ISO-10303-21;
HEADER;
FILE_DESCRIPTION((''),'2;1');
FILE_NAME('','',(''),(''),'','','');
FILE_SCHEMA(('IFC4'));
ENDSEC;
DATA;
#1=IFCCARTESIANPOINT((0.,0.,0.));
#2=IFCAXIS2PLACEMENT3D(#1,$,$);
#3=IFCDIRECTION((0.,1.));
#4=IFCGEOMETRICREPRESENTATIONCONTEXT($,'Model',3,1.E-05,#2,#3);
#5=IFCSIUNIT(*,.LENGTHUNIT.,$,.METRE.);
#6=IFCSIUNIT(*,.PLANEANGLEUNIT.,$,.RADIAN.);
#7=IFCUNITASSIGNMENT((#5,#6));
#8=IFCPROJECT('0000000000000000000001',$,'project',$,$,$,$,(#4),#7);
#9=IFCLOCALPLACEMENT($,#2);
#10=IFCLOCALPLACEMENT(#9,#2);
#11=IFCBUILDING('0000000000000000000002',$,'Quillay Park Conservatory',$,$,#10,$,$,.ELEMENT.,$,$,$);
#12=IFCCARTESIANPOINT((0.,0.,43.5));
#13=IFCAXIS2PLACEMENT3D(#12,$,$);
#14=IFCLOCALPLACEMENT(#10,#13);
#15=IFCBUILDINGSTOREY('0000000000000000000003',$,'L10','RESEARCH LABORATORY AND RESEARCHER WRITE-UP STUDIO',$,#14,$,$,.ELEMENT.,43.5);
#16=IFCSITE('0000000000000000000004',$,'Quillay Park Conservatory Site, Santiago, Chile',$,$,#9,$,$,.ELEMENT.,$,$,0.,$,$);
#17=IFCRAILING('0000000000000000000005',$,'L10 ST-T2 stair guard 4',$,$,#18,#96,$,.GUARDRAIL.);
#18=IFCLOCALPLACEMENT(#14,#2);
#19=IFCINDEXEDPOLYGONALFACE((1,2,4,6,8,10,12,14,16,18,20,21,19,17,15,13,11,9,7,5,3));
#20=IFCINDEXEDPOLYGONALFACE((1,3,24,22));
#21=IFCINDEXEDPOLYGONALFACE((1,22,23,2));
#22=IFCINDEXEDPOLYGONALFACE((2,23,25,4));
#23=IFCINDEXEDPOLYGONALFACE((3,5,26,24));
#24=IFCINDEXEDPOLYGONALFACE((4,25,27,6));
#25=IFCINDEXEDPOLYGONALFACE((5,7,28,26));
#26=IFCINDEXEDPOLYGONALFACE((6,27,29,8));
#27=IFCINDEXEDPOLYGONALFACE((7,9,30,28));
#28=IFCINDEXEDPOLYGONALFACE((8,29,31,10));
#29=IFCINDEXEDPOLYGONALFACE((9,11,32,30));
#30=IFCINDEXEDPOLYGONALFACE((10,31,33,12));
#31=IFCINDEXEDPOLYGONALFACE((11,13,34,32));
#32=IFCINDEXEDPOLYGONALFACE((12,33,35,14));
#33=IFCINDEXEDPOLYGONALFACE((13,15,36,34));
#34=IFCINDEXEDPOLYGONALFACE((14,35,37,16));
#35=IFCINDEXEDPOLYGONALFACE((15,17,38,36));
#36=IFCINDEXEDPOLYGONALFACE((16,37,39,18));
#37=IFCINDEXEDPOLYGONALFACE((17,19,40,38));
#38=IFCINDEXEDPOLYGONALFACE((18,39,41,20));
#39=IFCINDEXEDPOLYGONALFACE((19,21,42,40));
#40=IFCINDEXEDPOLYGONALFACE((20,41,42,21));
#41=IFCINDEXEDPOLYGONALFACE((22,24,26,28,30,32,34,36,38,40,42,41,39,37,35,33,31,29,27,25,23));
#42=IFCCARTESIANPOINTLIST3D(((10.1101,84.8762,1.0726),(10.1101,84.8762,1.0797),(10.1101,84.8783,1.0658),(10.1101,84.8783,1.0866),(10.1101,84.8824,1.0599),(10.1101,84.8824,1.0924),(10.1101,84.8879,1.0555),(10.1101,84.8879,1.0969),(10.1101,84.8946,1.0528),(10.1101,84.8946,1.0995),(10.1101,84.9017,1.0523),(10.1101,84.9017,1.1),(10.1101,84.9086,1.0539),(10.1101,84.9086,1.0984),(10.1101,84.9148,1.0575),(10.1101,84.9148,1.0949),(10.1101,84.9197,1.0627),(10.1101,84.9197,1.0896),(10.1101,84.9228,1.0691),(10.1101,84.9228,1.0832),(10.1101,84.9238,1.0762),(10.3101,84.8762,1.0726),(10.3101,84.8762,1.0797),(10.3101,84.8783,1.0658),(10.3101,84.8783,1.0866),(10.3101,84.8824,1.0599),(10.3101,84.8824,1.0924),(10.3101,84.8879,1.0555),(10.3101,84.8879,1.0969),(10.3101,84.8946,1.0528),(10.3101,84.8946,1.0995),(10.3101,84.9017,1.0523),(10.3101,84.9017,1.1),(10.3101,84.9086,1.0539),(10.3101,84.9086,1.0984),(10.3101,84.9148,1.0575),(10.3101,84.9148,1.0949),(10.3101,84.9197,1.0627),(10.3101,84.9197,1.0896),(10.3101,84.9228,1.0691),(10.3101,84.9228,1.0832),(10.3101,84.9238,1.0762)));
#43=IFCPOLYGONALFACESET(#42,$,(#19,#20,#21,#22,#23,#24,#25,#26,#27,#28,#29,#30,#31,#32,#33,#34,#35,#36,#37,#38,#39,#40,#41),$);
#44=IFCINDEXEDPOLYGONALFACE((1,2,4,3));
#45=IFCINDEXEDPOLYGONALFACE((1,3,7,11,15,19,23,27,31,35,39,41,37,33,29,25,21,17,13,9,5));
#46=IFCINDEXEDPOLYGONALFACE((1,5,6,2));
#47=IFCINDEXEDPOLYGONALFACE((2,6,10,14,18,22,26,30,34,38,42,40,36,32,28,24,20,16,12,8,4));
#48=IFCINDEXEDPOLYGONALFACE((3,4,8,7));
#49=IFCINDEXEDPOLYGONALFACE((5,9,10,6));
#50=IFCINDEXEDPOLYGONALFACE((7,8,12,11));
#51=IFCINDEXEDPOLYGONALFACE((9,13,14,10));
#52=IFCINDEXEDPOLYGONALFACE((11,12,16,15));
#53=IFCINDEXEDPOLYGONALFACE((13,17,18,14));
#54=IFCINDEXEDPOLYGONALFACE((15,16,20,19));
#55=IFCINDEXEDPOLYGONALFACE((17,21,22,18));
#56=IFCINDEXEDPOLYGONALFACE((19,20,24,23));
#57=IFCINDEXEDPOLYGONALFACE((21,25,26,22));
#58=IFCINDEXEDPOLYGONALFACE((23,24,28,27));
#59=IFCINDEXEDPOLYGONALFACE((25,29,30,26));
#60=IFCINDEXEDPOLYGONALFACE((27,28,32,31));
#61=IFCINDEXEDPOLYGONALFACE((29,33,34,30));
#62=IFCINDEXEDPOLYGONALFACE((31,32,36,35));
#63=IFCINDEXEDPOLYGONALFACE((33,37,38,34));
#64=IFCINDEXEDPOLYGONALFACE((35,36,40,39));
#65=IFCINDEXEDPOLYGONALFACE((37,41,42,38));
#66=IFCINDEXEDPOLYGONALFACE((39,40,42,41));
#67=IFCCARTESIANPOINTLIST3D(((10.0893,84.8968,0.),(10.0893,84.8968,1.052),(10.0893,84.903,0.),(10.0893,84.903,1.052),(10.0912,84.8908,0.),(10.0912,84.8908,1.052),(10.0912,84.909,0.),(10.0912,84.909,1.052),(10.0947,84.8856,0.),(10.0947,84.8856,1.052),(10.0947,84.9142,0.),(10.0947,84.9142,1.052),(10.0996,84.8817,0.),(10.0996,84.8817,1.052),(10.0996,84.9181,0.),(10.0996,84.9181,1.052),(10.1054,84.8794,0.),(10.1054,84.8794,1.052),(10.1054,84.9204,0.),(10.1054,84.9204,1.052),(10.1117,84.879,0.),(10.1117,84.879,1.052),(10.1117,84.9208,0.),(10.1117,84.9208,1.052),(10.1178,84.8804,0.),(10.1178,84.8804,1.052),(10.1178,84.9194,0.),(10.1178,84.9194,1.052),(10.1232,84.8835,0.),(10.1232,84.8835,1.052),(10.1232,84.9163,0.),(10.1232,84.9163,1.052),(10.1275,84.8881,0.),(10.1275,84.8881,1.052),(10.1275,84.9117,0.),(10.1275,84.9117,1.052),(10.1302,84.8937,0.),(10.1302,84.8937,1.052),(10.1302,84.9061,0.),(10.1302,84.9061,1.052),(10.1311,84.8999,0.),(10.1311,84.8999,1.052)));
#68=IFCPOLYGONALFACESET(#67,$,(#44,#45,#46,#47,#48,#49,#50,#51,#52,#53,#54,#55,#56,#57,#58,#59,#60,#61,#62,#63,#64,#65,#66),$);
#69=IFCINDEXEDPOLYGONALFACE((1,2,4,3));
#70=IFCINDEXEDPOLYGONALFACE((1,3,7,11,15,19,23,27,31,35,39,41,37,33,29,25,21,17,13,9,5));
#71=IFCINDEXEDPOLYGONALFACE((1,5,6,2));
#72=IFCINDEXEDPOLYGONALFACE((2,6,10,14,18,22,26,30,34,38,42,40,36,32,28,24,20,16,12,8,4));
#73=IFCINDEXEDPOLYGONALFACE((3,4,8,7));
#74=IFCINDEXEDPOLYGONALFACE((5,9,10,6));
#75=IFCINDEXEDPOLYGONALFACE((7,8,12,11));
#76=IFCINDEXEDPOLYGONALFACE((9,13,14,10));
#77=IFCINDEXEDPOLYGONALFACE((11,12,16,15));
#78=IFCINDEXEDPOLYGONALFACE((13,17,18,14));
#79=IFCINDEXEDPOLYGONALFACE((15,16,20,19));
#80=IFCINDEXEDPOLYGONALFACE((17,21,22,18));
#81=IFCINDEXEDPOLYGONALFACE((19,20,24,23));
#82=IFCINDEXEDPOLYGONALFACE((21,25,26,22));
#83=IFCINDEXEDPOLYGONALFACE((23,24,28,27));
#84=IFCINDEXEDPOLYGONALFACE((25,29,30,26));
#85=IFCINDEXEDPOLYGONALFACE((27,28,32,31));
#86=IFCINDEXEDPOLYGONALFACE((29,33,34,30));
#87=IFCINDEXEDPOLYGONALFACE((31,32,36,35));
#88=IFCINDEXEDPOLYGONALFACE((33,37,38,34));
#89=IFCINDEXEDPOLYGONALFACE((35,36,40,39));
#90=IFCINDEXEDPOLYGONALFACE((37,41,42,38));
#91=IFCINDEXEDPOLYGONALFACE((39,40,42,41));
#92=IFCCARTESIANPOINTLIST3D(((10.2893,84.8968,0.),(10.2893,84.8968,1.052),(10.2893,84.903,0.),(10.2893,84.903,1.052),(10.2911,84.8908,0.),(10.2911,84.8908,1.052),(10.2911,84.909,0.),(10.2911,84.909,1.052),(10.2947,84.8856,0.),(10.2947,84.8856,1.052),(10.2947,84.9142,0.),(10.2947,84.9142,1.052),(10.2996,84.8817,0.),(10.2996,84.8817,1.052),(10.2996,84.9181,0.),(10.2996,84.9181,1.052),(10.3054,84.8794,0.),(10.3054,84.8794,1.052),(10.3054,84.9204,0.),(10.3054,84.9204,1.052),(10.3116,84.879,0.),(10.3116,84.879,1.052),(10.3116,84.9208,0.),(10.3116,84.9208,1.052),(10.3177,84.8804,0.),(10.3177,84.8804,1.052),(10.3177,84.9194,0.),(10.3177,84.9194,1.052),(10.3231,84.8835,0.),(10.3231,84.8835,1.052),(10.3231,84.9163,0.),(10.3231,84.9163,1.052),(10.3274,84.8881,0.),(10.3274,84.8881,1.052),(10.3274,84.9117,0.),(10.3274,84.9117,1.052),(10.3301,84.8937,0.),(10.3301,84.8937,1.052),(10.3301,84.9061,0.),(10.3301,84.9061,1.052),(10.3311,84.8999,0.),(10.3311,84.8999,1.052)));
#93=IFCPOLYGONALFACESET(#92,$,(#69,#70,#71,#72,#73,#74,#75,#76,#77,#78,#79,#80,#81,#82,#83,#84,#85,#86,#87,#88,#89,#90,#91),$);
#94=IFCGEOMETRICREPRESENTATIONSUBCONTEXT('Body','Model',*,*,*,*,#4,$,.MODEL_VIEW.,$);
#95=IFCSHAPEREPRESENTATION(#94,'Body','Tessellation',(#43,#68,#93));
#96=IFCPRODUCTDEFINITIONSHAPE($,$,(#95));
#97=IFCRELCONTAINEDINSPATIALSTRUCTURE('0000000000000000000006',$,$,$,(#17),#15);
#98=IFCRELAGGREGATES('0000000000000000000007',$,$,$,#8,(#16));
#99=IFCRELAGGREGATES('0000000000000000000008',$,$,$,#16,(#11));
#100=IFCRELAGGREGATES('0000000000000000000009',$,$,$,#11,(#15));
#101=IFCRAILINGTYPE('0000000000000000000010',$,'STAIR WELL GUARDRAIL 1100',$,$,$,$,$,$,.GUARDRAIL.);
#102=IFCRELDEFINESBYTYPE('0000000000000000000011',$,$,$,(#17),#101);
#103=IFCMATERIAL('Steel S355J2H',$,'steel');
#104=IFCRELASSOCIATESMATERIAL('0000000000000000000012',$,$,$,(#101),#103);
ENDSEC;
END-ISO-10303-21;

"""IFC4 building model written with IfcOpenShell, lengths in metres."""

from ifc_helpers import new_model, si_unit, direction, frame, origin, origin_2d, place, context, subcontext, project, spatial, circle, extrude, material, type_object, element, save


model = new_model("IFC4")

# Units and contexts
model_context = context("Model", 3, precision=1e-05, world=origin(), true_north=direction((0.0, 1.0)))
body_context = subcontext(model_context, "Body", "Model", "MODEL_VIEW")
ifc_project = project(units=[si_unit("LENGTHUNIT", "METRE"), si_unit("PLANEANGLEUNIT", "RADIAN")], contexts=[model_context])

# Site, building, storey
site_placement = place(None, origin())
site = spatial("IfcSite", under=ifc_project, at=site_placement, Name="Quillay Park Conservatory Site, Santiago, Chile", CompositionType="ELEMENT", RefElevation=0.0)
building_placement = place(site_placement, origin())
building = spatial("IfcBuilding", under=site, at=building_placement, Name="Quillay Park Conservatory", CompositionType="ELEMENT")
storey_placement = place(building_placement, frame((0.0, 0.0, 43.5)))
storey = spatial("IfcBuildingStorey", under=building, at=storey_placement, Name="L10", Description="RESEARCH LABORATORY AND RESEARCHER WRITE-UP STUDIO", CompositionType="ELEMENT", Elevation=43.5)

# Railing
ifc_material_1 = material(Name="Steel S355J2H", Category="steel")
railing_type_1 = type_object("IfcRailingType", Name="STAIR WELL GUARDRAIL 1100", PredefinedType="GUARDRAIL", material=ifc_material_1)
railing_1_placement = place(storey_placement, frame((10.1101, 84.8999, 0.0)))
element("IfcRailing", 1, at=railing_1_placement, inside=storey, type_object=railing_type_1, Name="L10 ST-T2 stair guard 4", PredefinedType="GUARDRAIL", context=body_context, shape_type="SweptSolid", body=[
    extrude(circle(Radius=0.0239, at=origin_2d()), frame((0.0, 0.0, 1.0762), z_axis=(1.0, 0.0, 0.0), x_axis=(0.0, 1.0, 0.0)), (0.0, 0.0, 1.0), 0.2),
    extrude(circle(Radius=0.021, at=origin_2d()), origin(), (0.0, 0.0, 1.0), 1.052),
    extrude(circle(Radius=0.021, at=origin_2d()), frame((0.2, 0.0, 0.0)), (0.0, 0.0, 1.0), 1.052),
])

save(model, "model.ifc")
